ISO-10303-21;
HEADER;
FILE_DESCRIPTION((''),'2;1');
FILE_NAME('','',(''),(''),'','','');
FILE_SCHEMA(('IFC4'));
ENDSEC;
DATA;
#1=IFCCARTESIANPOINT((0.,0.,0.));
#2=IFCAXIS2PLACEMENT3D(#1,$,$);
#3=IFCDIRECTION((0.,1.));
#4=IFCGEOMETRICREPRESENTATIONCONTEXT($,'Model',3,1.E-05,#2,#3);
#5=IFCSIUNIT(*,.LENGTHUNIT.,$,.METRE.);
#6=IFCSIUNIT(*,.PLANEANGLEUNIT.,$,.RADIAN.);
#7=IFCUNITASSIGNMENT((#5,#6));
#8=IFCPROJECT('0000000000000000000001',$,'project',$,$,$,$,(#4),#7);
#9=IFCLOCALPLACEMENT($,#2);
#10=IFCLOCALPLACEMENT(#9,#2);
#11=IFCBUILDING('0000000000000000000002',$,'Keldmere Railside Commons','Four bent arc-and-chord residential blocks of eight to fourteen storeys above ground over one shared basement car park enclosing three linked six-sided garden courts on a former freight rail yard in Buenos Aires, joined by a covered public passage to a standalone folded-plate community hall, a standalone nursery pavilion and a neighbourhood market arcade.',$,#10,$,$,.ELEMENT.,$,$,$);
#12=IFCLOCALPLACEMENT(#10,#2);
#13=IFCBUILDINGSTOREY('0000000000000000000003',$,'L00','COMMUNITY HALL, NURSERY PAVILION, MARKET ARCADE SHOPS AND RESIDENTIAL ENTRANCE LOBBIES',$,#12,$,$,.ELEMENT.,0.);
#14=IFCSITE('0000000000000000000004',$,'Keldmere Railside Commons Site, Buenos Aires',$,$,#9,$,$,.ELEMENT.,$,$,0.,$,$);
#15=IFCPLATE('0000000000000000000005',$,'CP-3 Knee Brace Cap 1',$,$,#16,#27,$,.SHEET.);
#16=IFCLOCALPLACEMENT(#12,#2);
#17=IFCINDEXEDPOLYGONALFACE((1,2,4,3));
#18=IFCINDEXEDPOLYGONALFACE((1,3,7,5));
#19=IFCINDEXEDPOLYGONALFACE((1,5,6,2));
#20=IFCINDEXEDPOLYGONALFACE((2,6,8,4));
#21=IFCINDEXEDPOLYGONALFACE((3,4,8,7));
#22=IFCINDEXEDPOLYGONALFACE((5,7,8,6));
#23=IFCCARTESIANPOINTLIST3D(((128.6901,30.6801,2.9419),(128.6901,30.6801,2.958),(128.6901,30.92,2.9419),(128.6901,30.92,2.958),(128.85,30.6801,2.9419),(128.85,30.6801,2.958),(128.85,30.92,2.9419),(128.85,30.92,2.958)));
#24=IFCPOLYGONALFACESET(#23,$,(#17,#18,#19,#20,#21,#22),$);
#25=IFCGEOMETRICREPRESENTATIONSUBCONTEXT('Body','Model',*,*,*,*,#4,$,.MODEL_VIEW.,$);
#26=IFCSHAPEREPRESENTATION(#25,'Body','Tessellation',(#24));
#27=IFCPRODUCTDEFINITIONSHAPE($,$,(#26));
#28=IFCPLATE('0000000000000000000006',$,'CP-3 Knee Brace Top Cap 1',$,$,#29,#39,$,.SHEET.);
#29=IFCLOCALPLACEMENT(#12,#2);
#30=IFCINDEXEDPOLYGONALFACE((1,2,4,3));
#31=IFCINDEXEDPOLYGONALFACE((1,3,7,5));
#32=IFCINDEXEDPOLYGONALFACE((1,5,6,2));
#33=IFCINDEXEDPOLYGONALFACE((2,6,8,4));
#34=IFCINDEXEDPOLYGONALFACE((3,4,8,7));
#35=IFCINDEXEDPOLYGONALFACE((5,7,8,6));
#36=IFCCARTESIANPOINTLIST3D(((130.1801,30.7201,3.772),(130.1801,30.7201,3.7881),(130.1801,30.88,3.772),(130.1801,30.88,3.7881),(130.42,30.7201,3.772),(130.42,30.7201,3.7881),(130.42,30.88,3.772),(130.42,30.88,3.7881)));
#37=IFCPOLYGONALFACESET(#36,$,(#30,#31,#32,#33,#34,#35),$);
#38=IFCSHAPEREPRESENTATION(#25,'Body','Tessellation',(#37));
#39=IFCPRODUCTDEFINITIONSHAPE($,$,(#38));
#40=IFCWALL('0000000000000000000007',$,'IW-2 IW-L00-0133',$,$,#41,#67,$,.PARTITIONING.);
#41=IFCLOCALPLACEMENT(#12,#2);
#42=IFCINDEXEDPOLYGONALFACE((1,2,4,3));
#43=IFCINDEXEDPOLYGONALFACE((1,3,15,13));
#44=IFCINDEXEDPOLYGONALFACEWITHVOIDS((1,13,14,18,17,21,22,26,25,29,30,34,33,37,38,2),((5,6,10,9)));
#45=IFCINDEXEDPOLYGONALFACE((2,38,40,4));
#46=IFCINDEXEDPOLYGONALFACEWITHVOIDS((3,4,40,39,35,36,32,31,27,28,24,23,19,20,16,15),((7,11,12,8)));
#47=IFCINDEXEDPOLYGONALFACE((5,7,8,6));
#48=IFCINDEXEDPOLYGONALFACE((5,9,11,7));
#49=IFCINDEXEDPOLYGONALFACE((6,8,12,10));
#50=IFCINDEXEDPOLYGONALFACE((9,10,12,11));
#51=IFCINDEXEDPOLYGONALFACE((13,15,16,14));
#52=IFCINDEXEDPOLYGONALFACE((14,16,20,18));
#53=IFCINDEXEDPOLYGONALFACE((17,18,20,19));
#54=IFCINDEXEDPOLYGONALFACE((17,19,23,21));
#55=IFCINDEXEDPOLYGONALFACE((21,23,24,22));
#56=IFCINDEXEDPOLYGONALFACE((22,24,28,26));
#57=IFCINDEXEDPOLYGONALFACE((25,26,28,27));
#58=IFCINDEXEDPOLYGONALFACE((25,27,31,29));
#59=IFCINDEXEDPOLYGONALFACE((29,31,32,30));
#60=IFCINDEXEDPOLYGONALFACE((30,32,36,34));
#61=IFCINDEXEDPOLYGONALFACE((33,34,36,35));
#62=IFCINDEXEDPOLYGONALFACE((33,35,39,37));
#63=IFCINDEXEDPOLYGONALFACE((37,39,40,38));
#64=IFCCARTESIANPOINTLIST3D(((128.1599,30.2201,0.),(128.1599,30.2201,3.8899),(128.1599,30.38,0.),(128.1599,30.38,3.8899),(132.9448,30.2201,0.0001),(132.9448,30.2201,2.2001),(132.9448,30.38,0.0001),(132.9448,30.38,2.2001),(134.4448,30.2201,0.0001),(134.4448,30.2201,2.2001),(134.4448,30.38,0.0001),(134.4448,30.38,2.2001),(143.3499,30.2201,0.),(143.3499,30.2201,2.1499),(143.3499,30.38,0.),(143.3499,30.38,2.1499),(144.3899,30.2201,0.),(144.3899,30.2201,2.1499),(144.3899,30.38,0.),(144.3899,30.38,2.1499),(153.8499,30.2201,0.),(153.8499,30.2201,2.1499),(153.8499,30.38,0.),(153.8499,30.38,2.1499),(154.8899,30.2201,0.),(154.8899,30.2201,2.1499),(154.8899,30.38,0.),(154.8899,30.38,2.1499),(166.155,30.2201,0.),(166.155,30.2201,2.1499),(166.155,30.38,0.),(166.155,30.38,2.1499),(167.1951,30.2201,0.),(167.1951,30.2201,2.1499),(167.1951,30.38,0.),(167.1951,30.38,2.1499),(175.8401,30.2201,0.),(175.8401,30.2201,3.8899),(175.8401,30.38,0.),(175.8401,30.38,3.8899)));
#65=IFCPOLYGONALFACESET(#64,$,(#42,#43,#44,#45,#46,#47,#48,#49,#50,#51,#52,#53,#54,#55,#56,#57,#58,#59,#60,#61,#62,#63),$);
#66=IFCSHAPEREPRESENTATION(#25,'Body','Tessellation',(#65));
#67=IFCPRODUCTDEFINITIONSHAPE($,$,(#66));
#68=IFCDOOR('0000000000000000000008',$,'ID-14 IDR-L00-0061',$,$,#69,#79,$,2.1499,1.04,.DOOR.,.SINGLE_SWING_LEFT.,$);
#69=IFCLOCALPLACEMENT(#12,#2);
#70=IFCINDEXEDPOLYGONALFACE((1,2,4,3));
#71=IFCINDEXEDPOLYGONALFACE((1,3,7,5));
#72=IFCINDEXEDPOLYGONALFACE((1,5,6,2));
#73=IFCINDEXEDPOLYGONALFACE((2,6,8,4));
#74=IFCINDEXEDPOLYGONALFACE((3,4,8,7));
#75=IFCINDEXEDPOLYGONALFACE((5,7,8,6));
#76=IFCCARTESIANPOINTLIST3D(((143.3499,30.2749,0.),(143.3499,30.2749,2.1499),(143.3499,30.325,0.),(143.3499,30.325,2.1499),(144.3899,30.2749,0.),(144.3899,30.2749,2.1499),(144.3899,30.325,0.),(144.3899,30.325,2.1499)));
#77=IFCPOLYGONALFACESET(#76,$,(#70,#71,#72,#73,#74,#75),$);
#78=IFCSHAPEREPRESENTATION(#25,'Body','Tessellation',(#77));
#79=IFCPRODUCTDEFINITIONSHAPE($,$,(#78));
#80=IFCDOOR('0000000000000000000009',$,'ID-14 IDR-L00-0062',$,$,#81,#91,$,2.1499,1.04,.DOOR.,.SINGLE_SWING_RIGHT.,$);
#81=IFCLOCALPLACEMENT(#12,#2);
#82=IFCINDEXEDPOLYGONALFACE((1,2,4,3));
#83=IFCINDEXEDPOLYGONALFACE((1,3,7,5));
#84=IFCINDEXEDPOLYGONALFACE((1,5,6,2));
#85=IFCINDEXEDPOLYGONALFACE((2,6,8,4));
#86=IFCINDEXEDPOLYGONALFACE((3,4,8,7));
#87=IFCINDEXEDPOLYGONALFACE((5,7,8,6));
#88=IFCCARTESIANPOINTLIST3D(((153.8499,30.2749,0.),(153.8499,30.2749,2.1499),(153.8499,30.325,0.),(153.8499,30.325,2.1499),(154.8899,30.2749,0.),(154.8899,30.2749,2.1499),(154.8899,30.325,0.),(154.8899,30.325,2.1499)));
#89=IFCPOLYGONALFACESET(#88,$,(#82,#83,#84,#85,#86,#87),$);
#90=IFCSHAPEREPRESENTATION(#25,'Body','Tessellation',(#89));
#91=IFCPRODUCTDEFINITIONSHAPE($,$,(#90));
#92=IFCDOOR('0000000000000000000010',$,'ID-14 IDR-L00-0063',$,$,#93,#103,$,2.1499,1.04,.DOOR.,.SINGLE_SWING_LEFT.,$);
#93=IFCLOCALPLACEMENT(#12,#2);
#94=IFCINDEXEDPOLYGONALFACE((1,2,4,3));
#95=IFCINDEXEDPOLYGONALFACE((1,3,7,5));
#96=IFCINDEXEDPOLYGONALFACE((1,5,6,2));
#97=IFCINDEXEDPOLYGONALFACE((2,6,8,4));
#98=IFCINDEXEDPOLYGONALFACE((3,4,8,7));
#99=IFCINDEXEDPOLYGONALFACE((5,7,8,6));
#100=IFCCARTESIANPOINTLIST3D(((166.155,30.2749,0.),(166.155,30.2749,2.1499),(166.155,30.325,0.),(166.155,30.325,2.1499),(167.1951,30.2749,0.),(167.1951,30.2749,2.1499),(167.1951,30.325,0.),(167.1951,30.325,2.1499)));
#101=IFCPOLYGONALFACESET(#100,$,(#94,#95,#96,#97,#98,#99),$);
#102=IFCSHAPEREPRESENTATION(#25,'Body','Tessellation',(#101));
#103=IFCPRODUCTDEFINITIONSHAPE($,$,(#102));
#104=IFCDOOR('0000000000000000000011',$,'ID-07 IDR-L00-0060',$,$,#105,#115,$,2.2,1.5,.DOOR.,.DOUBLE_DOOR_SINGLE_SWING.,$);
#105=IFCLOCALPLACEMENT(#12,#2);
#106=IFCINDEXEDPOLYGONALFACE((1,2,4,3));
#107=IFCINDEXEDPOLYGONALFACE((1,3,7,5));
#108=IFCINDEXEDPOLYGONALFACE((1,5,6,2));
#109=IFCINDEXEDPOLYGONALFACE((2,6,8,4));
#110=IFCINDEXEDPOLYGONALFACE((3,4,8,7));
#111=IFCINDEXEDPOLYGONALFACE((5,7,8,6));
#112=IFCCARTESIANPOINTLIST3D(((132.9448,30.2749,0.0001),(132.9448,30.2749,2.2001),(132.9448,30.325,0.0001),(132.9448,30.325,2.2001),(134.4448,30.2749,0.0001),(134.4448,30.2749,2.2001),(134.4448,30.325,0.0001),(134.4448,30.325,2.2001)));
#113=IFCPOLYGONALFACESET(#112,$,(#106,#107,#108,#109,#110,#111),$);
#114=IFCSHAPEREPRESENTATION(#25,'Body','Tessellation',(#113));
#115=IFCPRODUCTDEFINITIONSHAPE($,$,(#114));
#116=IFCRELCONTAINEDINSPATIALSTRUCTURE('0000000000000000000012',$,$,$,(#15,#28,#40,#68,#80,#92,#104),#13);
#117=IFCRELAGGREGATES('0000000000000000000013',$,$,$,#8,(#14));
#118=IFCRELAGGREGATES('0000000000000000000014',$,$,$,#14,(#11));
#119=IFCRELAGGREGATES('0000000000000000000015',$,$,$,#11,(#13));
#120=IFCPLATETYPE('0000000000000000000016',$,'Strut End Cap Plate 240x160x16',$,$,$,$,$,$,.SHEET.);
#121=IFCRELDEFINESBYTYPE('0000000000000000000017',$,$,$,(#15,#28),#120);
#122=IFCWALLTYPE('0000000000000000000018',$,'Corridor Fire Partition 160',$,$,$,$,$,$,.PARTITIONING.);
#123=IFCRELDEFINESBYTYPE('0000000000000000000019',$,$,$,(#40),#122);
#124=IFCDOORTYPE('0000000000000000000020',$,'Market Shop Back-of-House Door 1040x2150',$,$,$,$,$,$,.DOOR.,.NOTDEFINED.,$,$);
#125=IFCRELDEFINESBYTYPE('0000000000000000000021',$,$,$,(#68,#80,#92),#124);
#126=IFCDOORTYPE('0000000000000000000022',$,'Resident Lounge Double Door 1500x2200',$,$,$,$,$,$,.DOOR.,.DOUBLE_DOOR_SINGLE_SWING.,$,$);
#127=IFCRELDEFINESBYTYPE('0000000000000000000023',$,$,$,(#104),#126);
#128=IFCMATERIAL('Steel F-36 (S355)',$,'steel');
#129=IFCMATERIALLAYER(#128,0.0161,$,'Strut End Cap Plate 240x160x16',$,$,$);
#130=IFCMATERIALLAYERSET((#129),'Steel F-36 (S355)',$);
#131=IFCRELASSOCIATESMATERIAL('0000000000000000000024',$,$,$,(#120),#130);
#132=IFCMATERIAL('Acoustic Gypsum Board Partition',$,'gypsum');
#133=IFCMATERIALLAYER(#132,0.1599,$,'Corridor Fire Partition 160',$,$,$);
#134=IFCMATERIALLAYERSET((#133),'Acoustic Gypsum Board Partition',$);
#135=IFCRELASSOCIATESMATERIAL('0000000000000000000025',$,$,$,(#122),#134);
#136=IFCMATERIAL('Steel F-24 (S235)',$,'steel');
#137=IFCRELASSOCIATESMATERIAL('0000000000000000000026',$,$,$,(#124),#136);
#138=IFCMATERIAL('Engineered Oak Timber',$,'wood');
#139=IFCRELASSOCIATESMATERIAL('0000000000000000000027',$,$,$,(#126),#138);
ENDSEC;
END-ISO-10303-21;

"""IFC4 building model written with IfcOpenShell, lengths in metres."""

from ifc_helpers import new_model, si_unit, direction, frame, frame_2d, origin, origin_2d, place, context, subcontext, project, spatial, rectangle, extrude, material, layer, layer_set, type_object, element, fill, save


model = new_model("IFC4")

# Units and contexts
model_context = context("Model", 3, precision=1e-05, world=origin(), true_north=direction((0.0, 1.0)))
body_context = subcontext(model_context, "Body", "Model", "MODEL_VIEW")
ifc_project = project(units=[si_unit("LENGTHUNIT", "METRE"), si_unit("PLANEANGLEUNIT", "RADIAN")], contexts=[model_context])

# Site, building, storey
site_placement = place(None, origin())
site = spatial("IfcSite", under=ifc_project, at=site_placement, Name="Keldmere Railside Commons Site, Buenos Aires", CompositionType="ELEMENT", RefElevation=0.0)
building_placement = place(site_placement, origin())
building = spatial("IfcBuilding", under=site, at=building_placement, Name="Keldmere Railside Commons", Description="Four bent arc-and-chord residential blocks of eight to fourteen storeys above ground over one shared basement car park enclosing three linked six-sided garden courts on a former freight rail yard in Buenos Aires, joined by a covered public passage to a standalone folded-plate community hall, a standalone nursery pavilion and a neighbourhood market arcade.", CompositionType="ELEMENT")
storey_placement = place(building_placement, origin())
storey = spatial("IfcBuildingStorey", under=building, at=storey_placement, Name="L00", Description="COMMUNITY HALL, NURSERY PAVILION, MARKET ARCADE SHOPS AND RESIDENTIAL ENTRANCE LOBBIES", CompositionType="ELEMENT", Elevation=0.0)

# Shared definitions
ifc_material_1 = material(Name="Steel F-36 (S355)", Category="steel")

# Plates
ifc_layer_1 = layer(ifc_material_1, 0.0161, Name="Strut End Cap Plate 240x160x16")
ifc_layer_set_1 = layer_set([ifc_layer_1], Name="Steel F-36 (S355)")
plate_type = type_object("IfcPlateType", Name="Strut End Cap Plate 240x160x16", PredefinedType="SHEET", material=ifc_layer_set_1)
for number, where, z_axis, x_axis, name in (
    (1, (128.77, 30.8, 2.9419), (0.0, 0.0, 1.0), (0.0, 1.0, 0.0), "CP-3 Knee Brace Cap 1"),
    (2, (130.3, 30.8, 3.772), (0.0, 0.0, 1.0), (1.0, 0.0, 0.0), "CP-3 Knee Brace Top Cap 1"),
):
    element("IfcPlate", number, at=place(storey_placement, frame(where, z_axis=z_axis, x_axis=x_axis)), inside=storey, type_object=plate_type, Name=name, PredefinedType="SHEET", context=body_context, shape_type="SweptSolid", body=[
        extrude(rectangle(XDim=0.24, YDim=0.1599, at=origin_2d()), origin(), (0.0, 0.0, 1.0), 0.0161),
    ])

# Wall, openings, doors
ifc_material_2 = material(Name="Acoustic Gypsum Board Partition", Category="gypsum")
ifc_layer_2 = layer(ifc_material_2, 0.1599, Name="Corridor Fire Partition 160")
ifc_layer_set_2 = layer_set([ifc_layer_2], Name="Acoustic Gypsum Board Partition")
wall_type_1 = type_object("IfcWallType", Name="Corridor Fire Partition 160", PredefinedType="PARTITIONING", material=ifc_layer_set_2)
wall_1_placement = place(storey_placement, frame((128.1599, 30.3, 0.0), z_axis=(0.0, 0.0, 1.0), x_axis=(1.0, 0.0, 0.0)))
wall_1 = element("IfcWall", 3, at=wall_1_placement, inside=storey, type_object=wall_type_1, Name="IW-2 IW-L00-0133", PredefinedType="PARTITIONING", context=body_context, shape_type="SweptSolid", body=[
    extrude(rectangle(XDim=47.6802, YDim=0.1599, at=frame_2d((23.8401, 0.0))), origin(), (0.0, 0.0, 1.0), 3.8899),
])
opening_1_placement = place(wall_1_placement, frame((4.7849, 0.0, 0.0)))
opening_1 = element("IfcOpeningElement", 4, at=opening_1_placement, cuts=wall_1, PredefinedType="OPENING", context=body_context, shape_type="SweptSolid", body=[
    extrude(rectangle(XDim=1.5, YDim=2.2, at=frame_2d((0.75, 1.1001))), frame((0.0, 0.0898, 0.0), z_axis=(0.0, -1.0, 0.0), x_axis=(1.0, 0.0, 0.0)), (0.0, 0.0, 1.0), 0.1799),
])
opening_2_placement = place(wall_1_placement, frame((15.1899, 0.0, 0.0)))
opening_2 = element("IfcOpeningElement", 5, at=opening_2_placement, cuts=wall_1, PredefinedType="OPENING", context=body_context, shape_type="SweptSolid", body=[
    extrude(rectangle(XDim=1.04, YDim=2.1499, at=frame_2d((0.52, 1.075))), frame((0.0, 0.0898, 0.0), z_axis=(0.0, -1.0, 0.0), x_axis=(1.0, 0.0, 0.0)), (0.0, 0.0, 1.0), 0.1799),
])
opening_3_placement = place(wall_1_placement, frame((25.6899, 0.0, 0.0)))
opening_3 = element("IfcOpeningElement", 6, at=opening_3_placement, cuts=wall_1, PredefinedType="OPENING", context=body_context, shape_type="SweptSolid", body=[
    extrude(rectangle(XDim=1.04, YDim=2.1499, at=frame_2d((0.52, 1.075))), frame((0.0, 0.0898, 0.0), z_axis=(0.0, -1.0, 0.0), x_axis=(1.0, 0.0, 0.0)), (0.0, 0.0, 1.0), 0.1799),
])
opening_4_placement = place(wall_1_placement, frame((37.9951, 0.0, 0.0)))
opening_4 = element("IfcOpeningElement", 7, at=opening_4_placement, cuts=wall_1, PredefinedType="OPENING", context=body_context, shape_type="SweptSolid", body=[
    extrude(rectangle(XDim=1.04, YDim=2.1499, at=frame_2d((0.52, 1.075))), frame((0.0, 0.0898, 0.0), z_axis=(0.0, -1.0, 0.0), x_axis=(1.0, 0.0, 0.0)), (0.0, 0.0, 1.0), 0.1799),
])
ifc_material_3 = material(Name="Steel F-24 (S235)", Category="steel")
door_type_1 = type_object("IfcDoorType", Name="Market Shop Back-of-House Door 1040x2150", OperationType="NOTDEFINED", PredefinedType="DOOR", material=ifc_material_3)
door_1_placement = place(opening_2_placement, origin())
door_1 = element("IfcDoor", 8, at=door_1_placement, inside=storey, type_object=door_type_1, Name="ID-14 IDR-L00-0061", OperationType="SINGLE_SWING_LEFT", OverallHeight=2.1499, OverallWidth=1.04, PredefinedType="DOOR", context=body_context, shape_type="SweptSolid", body=[
    extrude(rectangle(XDim=1.04, YDim=2.1499, at=frame_2d((0.52, 1.075))), frame((0.0, 0.0249, 0.0), z_axis=(0.0, -1.0, 0.0), x_axis=(1.0, 0.0, 0.0)), (0.0, 0.0, 1.0), 0.05),
])
fill(opening_2, door_1)
door_2_placement = place(opening_3_placement, origin())
door_2 = element("IfcDoor", 9, at=door_2_placement, inside=storey, type_object=door_type_1, Name="ID-14 IDR-L00-0062", OperationType="SINGLE_SWING_RIGHT", OverallHeight=2.1499, OverallWidth=1.04, PredefinedType="DOOR", context=body_context, shape_type="SweptSolid", body=[
    extrude(rectangle(XDim=1.04, YDim=2.1499, at=frame_2d((0.52, 1.075))), frame((0.0, 0.0249, 0.0), z_axis=(0.0, -1.0, 0.0), x_axis=(1.0, 0.0, 0.0)), (0.0, 0.0, 1.0), 0.05),
])
fill(opening_3, door_2)
door_3_placement = place(opening_4_placement, origin())
door_3 = element("IfcDoor", 10, at=door_3_placement, inside=storey, type_object=door_type_1, Name="ID-14 IDR-L00-0063", OperationType="SINGLE_SWING_LEFT", OverallHeight=2.1499, OverallWidth=1.04, PredefinedType="DOOR", context=body_context, shape_type="SweptSolid", body=[
    extrude(rectangle(XDim=1.04, YDim=2.1499, at=frame_2d((0.52, 1.075))), frame((0.0, 0.0249, 0.0), z_axis=(0.0, -1.0, 0.0), x_axis=(1.0, 0.0, 0.0)), (0.0, 0.0, 1.0), 0.05),
])
fill(opening_4, door_3)
ifc_material_4 = material(Name="Engineered Oak Timber", Category="wood")
door_type_2 = type_object("IfcDoorType", Name="Resident Lounge Double Door 1500x2200", OperationType="DOUBLE_DOOR_SINGLE_SWING", PredefinedType="DOOR", material=ifc_material_4)
door_4_placement = place(opening_1_placement, origin())
door_4 = element("IfcDoor", 11, at=door_4_placement, inside=storey, type_object=door_type_2, Name="ID-07 IDR-L00-0060", OperationType="DOUBLE_DOOR_SINGLE_SWING", OverallHeight=2.2, OverallWidth=1.5, PredefinedType="DOOR", context=body_context, shape_type="SweptSolid", body=[
    extrude(rectangle(XDim=1.5, YDim=2.2, at=frame_2d((0.75, 1.1001))), frame((0.0, 0.0249, 0.0), z_axis=(0.0, -1.0, 0.0), x_axis=(1.0, 0.0, 0.0)), (0.0, 0.0, 1.0), 0.05),
])
fill(opening_1, door_4)

save(model, "model.ifc")
